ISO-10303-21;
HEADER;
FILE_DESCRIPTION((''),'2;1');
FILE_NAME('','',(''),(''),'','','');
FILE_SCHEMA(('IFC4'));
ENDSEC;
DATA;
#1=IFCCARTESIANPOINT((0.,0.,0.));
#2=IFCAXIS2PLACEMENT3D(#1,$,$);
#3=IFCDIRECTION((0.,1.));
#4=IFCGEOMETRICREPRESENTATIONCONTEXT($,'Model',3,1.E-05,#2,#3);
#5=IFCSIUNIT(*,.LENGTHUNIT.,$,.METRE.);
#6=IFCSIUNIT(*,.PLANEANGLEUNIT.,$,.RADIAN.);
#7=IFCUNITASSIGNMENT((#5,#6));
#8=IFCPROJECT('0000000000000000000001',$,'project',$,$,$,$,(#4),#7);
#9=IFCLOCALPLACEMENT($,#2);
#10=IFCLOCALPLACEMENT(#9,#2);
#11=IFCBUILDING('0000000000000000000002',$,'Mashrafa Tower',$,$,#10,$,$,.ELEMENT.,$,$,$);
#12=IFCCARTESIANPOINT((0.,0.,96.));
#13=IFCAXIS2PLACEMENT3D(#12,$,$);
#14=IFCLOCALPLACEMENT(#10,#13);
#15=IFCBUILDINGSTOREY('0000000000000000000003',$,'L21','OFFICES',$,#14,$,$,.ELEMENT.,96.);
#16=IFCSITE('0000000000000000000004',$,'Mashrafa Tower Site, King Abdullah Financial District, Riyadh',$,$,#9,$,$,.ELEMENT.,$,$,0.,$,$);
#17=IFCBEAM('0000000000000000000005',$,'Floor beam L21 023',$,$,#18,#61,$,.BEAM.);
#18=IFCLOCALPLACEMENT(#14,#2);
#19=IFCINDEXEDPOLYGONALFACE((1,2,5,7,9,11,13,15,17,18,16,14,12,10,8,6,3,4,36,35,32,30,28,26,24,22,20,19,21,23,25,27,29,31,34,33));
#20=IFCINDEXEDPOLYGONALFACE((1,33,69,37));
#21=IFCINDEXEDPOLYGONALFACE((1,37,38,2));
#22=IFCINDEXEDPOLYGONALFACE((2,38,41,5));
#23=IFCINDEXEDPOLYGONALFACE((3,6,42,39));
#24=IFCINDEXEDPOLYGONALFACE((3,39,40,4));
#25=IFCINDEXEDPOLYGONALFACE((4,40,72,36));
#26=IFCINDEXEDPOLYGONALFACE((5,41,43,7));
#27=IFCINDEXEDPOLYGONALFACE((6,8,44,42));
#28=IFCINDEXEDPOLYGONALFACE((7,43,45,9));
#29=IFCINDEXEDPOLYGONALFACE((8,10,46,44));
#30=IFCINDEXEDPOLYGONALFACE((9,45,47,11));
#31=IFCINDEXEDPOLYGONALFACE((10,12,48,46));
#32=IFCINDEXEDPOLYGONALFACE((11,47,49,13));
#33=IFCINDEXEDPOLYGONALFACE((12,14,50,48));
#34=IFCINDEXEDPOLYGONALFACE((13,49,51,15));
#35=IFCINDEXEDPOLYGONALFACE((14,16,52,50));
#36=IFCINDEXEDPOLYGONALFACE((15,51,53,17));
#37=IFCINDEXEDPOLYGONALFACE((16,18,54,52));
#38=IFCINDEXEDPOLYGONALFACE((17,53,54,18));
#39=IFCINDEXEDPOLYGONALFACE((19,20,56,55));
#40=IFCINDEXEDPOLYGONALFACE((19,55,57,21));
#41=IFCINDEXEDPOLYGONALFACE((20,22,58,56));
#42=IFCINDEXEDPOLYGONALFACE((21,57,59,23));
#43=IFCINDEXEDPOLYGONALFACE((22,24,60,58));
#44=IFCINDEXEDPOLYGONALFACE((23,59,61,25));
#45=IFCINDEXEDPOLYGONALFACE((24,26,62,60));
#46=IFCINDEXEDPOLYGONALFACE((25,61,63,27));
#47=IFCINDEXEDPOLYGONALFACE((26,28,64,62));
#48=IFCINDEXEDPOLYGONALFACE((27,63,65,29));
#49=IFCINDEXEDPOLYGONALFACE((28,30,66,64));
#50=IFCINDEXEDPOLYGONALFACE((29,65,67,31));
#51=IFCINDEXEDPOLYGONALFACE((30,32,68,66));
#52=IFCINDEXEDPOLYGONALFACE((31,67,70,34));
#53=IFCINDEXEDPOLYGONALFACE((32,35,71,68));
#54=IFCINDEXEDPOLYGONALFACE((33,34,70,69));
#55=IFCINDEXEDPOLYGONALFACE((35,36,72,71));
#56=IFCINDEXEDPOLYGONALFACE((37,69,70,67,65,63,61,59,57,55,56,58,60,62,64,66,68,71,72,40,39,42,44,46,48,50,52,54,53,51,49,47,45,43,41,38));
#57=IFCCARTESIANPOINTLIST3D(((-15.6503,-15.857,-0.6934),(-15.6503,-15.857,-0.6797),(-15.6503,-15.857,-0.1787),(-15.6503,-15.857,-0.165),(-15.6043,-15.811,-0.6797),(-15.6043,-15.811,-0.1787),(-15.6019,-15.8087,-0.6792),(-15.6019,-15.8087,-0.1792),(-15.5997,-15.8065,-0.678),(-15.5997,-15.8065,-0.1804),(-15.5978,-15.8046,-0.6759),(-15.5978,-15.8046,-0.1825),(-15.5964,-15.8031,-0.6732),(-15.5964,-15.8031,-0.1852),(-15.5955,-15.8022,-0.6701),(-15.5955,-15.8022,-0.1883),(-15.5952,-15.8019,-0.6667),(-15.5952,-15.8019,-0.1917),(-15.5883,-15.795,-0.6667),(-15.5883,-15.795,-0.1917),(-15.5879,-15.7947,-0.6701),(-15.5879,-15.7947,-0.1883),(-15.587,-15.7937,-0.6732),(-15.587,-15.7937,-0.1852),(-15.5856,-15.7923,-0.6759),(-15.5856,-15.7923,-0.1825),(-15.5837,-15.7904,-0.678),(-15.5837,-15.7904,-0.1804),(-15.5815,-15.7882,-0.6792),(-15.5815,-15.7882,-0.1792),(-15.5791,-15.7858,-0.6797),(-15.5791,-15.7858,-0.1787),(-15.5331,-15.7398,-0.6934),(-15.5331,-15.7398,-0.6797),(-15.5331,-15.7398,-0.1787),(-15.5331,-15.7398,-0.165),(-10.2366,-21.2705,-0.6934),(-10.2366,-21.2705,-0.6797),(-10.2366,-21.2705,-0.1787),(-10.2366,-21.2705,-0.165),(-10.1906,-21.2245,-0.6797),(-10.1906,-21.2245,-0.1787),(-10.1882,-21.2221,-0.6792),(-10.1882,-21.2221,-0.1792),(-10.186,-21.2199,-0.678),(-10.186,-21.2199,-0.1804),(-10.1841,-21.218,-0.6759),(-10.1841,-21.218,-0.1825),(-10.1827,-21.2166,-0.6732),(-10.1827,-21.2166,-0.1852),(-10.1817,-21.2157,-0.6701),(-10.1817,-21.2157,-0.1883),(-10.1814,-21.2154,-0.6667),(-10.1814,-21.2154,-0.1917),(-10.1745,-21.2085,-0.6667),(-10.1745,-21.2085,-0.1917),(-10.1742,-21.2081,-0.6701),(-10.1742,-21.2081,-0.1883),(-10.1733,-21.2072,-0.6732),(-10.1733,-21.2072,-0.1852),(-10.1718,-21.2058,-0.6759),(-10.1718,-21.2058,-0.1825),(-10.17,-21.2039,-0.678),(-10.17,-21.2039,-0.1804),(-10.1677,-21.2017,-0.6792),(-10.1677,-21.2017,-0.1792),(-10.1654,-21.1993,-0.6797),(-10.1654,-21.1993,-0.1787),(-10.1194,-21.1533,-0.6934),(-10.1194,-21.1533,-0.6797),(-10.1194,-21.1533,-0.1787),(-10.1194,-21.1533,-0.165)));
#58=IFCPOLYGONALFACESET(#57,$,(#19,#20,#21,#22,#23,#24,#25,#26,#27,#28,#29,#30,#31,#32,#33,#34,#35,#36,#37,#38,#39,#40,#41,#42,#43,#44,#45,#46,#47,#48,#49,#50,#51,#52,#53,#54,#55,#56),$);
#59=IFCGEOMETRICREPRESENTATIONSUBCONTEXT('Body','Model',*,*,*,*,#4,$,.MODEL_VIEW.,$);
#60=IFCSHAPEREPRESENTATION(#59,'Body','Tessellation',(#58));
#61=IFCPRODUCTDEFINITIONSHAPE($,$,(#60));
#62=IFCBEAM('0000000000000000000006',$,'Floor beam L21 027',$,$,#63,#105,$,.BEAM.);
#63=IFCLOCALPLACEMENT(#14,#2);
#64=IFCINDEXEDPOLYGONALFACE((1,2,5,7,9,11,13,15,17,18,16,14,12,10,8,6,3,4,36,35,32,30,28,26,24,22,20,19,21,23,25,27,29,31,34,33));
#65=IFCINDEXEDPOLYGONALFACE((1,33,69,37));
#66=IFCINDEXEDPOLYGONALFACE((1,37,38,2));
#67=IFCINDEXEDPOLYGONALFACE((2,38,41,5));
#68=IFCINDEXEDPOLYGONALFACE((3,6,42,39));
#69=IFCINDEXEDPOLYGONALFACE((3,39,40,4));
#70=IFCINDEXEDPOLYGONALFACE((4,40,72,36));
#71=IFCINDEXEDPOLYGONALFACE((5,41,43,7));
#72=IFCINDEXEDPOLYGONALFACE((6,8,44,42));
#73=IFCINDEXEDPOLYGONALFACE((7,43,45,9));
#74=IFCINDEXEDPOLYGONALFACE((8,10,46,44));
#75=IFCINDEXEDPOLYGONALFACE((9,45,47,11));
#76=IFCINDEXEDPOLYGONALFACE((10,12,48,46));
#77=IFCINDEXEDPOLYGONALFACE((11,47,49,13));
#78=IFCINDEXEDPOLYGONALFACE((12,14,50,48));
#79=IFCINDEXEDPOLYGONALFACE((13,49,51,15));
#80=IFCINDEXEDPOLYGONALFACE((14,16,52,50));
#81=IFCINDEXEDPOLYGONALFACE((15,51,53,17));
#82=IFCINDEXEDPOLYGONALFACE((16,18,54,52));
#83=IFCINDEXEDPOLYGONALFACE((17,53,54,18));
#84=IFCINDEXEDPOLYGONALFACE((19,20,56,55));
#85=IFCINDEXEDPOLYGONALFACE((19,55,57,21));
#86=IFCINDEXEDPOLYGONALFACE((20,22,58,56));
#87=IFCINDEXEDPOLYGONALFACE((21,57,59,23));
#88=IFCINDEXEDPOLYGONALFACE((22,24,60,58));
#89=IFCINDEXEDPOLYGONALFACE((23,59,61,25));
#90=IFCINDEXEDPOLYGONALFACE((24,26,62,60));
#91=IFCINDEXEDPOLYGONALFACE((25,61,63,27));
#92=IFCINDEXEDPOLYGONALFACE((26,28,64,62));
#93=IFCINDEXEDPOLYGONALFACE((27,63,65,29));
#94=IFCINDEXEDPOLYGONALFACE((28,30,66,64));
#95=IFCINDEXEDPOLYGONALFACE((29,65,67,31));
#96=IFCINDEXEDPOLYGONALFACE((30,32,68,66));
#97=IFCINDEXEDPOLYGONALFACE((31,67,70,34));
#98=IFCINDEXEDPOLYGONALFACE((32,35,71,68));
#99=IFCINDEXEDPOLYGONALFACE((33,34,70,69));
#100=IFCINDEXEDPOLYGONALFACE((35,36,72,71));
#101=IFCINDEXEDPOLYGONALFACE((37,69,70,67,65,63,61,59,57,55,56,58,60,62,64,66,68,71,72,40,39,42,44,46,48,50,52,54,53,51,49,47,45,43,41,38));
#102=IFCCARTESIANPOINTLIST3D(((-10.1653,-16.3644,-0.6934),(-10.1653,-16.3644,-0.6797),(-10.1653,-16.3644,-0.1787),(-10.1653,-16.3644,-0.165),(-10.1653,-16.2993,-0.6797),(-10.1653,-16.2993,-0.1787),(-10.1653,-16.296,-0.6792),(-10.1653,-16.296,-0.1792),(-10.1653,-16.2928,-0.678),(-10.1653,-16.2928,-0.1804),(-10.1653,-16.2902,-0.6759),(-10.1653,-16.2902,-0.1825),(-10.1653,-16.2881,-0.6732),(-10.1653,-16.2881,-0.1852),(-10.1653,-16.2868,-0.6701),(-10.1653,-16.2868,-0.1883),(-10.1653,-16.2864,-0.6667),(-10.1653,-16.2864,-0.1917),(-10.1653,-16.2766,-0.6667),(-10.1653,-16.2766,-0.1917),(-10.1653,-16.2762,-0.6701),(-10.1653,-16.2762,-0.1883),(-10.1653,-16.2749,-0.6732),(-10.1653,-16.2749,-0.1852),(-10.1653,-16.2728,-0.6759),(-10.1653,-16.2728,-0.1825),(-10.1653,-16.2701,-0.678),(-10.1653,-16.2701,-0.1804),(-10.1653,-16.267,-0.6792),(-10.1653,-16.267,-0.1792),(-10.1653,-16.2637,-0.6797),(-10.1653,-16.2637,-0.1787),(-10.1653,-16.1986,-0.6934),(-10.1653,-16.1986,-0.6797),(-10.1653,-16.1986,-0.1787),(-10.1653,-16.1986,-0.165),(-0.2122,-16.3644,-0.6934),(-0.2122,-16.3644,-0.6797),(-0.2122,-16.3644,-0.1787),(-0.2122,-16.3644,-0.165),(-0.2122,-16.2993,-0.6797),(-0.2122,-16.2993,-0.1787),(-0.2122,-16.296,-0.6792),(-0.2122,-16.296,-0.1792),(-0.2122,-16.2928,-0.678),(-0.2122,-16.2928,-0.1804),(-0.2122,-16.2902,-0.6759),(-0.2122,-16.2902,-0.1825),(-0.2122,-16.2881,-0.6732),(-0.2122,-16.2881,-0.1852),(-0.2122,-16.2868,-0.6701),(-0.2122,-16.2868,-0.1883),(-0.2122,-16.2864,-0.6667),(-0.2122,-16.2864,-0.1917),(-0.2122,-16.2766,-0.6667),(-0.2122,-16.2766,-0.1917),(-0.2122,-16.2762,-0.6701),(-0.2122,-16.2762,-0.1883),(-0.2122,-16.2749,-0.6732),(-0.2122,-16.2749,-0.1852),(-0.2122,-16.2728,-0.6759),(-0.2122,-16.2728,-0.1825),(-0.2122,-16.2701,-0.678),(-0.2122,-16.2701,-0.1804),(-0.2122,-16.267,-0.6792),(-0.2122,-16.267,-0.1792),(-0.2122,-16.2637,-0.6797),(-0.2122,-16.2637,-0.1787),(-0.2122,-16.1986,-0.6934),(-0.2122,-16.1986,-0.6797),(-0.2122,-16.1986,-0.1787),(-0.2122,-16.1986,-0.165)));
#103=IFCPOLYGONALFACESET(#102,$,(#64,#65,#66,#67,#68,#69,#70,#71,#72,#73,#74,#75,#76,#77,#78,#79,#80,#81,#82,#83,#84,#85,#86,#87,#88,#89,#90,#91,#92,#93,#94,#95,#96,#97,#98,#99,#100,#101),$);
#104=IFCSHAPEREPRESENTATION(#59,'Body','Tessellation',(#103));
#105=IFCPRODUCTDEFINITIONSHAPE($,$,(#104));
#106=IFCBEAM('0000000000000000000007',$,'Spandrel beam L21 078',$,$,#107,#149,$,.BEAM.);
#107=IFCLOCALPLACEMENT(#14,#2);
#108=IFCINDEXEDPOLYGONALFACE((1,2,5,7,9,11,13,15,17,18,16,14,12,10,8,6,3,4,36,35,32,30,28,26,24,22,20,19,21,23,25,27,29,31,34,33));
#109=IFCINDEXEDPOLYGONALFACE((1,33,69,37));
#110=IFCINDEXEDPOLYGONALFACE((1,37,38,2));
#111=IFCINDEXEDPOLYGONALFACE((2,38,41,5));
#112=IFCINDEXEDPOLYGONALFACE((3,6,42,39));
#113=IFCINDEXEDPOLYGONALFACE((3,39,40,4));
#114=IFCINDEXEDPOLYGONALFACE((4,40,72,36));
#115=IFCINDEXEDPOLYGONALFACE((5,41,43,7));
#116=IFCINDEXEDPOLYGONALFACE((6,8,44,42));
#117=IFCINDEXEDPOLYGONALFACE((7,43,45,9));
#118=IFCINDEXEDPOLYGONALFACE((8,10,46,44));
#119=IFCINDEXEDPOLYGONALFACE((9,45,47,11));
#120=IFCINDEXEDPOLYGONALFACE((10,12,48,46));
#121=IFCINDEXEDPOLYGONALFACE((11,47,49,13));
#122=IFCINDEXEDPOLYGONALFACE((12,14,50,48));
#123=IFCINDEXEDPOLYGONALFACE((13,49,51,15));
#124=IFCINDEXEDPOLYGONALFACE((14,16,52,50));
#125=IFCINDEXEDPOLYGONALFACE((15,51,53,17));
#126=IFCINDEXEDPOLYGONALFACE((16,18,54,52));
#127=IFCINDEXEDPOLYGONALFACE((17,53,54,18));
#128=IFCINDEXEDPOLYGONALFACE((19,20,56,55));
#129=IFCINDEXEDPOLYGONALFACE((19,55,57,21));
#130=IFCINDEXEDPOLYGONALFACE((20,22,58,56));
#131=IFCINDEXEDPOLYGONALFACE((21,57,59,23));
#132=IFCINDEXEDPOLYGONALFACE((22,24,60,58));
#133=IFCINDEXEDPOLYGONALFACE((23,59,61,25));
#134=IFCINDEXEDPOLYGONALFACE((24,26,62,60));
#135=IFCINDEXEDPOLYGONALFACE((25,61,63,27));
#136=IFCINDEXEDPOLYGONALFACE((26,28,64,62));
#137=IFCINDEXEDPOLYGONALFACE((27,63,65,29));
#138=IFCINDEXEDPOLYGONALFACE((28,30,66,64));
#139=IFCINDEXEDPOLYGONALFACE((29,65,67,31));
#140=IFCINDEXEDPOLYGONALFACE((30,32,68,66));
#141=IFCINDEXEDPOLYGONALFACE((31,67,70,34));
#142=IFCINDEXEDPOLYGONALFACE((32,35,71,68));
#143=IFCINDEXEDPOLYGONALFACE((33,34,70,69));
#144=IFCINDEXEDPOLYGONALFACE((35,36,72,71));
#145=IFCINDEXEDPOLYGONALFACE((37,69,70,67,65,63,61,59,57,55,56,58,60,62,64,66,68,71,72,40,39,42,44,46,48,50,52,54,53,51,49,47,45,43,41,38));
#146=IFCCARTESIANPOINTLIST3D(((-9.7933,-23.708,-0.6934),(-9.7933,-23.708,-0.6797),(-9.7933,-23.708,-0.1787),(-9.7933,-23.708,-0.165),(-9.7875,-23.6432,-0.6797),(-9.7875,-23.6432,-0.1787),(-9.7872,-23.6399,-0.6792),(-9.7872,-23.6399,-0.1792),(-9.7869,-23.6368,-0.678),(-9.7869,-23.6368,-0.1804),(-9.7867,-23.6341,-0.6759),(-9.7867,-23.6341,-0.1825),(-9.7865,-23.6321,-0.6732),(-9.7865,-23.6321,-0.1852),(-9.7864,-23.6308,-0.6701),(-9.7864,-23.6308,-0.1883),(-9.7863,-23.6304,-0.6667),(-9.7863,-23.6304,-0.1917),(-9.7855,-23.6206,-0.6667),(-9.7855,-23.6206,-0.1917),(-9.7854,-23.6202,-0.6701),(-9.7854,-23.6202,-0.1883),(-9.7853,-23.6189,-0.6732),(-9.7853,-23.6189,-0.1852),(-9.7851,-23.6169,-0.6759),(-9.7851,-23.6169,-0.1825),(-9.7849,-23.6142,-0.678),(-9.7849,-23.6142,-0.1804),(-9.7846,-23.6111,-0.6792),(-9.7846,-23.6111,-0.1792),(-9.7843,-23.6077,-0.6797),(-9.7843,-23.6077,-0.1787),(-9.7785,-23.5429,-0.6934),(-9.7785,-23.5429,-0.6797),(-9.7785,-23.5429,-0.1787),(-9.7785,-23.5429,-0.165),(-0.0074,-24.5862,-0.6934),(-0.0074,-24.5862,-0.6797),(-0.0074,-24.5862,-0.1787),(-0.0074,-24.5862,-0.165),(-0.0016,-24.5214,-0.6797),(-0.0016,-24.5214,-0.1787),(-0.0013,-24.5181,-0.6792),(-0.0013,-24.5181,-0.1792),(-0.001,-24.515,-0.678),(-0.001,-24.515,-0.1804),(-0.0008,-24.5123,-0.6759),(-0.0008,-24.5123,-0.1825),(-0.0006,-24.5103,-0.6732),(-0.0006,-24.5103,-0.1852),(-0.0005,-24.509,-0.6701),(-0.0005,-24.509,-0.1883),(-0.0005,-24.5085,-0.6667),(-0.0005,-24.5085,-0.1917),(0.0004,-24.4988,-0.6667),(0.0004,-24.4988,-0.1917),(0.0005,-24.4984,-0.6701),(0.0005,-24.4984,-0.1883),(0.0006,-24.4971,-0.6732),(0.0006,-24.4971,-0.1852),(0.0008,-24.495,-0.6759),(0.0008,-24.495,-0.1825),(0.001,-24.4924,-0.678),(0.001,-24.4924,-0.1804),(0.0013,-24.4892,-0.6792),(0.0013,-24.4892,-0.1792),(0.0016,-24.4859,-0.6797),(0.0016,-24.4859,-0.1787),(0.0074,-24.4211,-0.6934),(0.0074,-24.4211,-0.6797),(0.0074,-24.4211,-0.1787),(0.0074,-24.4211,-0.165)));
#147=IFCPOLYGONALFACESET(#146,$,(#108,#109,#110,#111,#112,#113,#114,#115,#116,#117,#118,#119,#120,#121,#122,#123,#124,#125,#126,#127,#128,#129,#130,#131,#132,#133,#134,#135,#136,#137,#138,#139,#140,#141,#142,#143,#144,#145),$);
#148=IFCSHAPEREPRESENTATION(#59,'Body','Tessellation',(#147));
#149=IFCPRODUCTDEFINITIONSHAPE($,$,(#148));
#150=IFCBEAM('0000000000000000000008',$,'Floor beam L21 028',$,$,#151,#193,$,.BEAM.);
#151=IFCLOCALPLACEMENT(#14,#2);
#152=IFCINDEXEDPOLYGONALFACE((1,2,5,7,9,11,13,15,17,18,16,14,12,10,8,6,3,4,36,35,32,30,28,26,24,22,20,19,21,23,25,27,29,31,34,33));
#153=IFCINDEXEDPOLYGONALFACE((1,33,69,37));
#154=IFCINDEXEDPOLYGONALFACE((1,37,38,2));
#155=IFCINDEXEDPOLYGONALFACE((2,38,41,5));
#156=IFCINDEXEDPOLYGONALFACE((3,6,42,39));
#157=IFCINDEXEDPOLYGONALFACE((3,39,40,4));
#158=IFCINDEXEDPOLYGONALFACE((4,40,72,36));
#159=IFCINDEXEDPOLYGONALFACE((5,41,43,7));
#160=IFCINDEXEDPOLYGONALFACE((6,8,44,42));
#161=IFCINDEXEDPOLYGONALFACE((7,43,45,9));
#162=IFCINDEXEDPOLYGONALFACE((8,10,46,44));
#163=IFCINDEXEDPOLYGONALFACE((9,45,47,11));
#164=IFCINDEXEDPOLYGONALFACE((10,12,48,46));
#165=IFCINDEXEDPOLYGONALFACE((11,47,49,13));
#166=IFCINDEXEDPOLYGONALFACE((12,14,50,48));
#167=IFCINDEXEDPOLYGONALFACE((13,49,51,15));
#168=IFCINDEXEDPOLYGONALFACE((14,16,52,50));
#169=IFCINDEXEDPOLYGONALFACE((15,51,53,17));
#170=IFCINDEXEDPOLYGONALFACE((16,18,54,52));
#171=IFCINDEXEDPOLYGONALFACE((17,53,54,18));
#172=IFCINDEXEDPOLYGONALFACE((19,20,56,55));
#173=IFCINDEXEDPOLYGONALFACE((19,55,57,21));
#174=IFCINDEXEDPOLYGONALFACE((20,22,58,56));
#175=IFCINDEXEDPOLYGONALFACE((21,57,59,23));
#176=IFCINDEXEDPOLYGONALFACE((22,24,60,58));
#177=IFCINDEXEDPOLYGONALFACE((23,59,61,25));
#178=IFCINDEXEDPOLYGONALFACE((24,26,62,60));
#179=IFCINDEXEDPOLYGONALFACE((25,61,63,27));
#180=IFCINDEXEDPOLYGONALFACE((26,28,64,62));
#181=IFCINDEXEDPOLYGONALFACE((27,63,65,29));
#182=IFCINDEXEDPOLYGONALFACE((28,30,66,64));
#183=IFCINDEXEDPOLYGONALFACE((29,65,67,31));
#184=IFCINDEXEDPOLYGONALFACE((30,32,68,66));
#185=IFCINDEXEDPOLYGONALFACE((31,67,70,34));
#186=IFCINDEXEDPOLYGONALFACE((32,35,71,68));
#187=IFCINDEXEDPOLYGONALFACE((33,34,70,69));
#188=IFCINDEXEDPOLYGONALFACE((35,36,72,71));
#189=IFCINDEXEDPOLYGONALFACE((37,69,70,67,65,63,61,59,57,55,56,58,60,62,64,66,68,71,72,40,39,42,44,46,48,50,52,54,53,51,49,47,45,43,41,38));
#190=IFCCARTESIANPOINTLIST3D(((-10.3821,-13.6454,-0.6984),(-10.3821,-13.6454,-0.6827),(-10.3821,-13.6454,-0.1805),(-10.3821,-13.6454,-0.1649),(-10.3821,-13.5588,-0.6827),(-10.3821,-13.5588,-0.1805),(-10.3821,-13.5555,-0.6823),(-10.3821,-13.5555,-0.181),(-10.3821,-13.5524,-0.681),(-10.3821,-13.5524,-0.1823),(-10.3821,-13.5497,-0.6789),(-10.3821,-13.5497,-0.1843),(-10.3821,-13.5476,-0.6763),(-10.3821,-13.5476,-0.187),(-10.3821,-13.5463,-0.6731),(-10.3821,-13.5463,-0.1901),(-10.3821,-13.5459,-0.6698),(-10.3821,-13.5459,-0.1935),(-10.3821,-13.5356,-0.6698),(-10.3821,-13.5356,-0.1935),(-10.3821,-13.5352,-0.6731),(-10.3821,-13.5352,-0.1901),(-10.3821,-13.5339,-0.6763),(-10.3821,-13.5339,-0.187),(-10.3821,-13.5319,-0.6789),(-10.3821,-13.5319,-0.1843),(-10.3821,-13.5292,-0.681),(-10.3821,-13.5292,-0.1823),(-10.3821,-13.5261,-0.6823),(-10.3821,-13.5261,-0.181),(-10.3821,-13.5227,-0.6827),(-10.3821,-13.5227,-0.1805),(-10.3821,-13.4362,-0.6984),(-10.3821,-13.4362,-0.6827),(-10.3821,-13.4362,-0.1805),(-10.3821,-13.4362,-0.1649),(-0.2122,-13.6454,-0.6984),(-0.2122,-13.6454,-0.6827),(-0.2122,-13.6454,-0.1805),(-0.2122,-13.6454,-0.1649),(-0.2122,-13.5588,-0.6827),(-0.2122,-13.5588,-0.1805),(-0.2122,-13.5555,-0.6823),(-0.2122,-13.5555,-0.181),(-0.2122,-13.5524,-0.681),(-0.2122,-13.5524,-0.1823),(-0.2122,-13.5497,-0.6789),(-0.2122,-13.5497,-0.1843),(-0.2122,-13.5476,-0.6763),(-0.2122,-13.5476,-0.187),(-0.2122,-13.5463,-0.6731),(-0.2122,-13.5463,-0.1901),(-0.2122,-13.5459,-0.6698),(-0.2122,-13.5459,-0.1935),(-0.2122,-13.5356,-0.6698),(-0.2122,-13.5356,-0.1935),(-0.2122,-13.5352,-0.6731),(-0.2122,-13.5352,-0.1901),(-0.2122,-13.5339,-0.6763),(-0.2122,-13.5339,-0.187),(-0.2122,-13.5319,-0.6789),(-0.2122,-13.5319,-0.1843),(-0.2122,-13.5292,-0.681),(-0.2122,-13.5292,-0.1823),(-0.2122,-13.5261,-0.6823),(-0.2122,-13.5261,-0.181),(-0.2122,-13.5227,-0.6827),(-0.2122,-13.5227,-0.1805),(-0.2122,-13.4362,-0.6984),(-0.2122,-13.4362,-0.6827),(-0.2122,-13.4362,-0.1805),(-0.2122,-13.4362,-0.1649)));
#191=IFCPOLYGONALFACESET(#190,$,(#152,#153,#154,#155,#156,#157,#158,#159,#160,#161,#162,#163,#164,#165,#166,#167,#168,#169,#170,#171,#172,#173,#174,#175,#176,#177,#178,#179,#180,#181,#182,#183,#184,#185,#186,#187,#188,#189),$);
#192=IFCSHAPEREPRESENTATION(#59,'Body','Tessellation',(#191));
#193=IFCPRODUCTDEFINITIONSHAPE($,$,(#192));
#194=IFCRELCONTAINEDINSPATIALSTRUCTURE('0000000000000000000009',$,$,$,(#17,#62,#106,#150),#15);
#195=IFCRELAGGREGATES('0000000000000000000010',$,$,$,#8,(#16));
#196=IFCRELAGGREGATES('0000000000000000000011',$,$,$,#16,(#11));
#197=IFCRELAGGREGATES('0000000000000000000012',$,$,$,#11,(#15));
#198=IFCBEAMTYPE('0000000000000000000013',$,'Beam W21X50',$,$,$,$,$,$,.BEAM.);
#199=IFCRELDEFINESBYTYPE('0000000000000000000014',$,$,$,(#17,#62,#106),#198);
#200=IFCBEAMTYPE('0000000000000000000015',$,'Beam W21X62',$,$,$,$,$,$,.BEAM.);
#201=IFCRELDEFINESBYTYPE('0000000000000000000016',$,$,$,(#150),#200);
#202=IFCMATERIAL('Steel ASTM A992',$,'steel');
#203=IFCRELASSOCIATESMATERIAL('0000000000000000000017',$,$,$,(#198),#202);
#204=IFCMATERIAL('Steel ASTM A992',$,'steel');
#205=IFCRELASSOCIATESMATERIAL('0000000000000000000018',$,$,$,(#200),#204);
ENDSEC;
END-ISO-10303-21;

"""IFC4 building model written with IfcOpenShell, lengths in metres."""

from ifc_helpers import new_model, si_unit, direction, frame, origin, origin_2d, place, context, subcontext, project, spatial, i_section, extrude, material, material_profile, profile_set, type_object, element, save


model = new_model("IFC4")

# Units and contexts
model_context = context("Model", 3, precision=1e-05, world=origin(), true_north=direction((0.0, 1.0)))
body_context = subcontext(model_context, "Body", "Model", "MODEL_VIEW")
ifc_project = project(units=[si_unit("LENGTHUNIT", "METRE"), si_unit("PLANEANGLEUNIT", "RADIAN")], contexts=[model_context])

# Site, building, storey
site_placement = place(None, origin())
site = spatial("IfcSite", under=ifc_project, at=site_placement, Name="Mashrafa Tower Site, King Abdullah Financial District, Riyadh", CompositionType="ELEMENT", RefElevation=0.0)
building_placement = place(site_placement, origin())
building = spatial("IfcBuilding", under=site, at=building_placement, Name="Mashrafa Tower", CompositionType="ELEMENT")
storey_placement = place(building_placement, frame((0.0, 0.0, 96.0)))
storey = spatial("IfcBuildingStorey", under=building, at=storey_placement, Name="L21", Description="OFFICES", CompositionType="ELEMENT", Elevation=96.0)

# Beams
ifc_material_1 = material(Name="Steel ASTM A992", Category="steel")
ifc_material_profile_1 = material_profile(ifc_material_1, i_section(OverallWidth=0.1658, OverallDepth=0.5283, WebThickness=0.0098, FlangeThickness=0.0137, FilletRadius=0.0129, at=origin_2d()), Name="W21X50")
ifc_profile_set_1 = profile_set([ifc_material_profile_1], Name="Steel ASTM A992")
beam_type_1 = type_object("IfcBeamType", Name="Beam W21X50", PredefinedType="BEAM", material=ifc_profile_set_1)
beam_1_placement = place(storey_placement, frame((-10.178, -21.2119, -0.4292), z_axis=(-0.707123, 0.707091, 0.0), x_axis=(-0.707091, -0.707123, 0.0)))
element("IfcBeam", 1, at=beam_1_placement, inside=storey, type_object=beam_type_1, Name="Floor beam L21 023", PredefinedType="BEAM", context=body_context, shape_type="SweptSolid", body=[
    extrude(i_section(OverallWidth=0.1658, OverallDepth=0.5283, WebThickness=0.0098, FlangeThickness=0.0137, FilletRadius=0.0129, at=origin_2d()), origin(), (0.0, 0.0, 1.0), 7.656),
])
beam_2_placement = place(storey_placement, frame((-0.2122, -16.2815, -0.4292), z_axis=(-1.0, 0.0, 0.0), x_axis=(0.0, -1.0, 0.0)))
element("IfcBeam", 2, at=beam_2_placement, inside=storey, type_object=beam_type_1, Name="Floor beam L21 027", PredefinedType="BEAM", context=body_context, shape_type="SweptSolid", body=[
    extrude(i_section(OverallWidth=0.1658, OverallDepth=0.5283, WebThickness=0.0098, FlangeThickness=0.0137, FilletRadius=0.0129, at=origin_2d()), origin(), (0.0, 0.0, 1.0), 9.9531),
])
beam_3_placement = place(storey_placement, frame((-9.7859, -23.6255, -0.4292), z_axis=(0.995998, -0.08938, 0.0), x_axis=(0.08938, 0.995998, 0.0)))
element("IfcBeam", 3, at=beam_3_placement, inside=storey, type_object=beam_type_1, Name="Spandrel beam L21 078", PredefinedType="BEAM", context=body_context, shape_type="SweptSolid", body=[
    extrude(i_section(OverallWidth=0.1658, OverallDepth=0.5283, WebThickness=0.0098, FlangeThickness=0.0137, FilletRadius=0.0129, at=origin_2d()), origin(), (0.0, 0.0, 1.0), 9.8252),
])
ifc_material_2 = material(Name="Steel ASTM A992", Category="steel")
ifc_material_profile_2 = material_profile(ifc_material_2, i_section(OverallWidth=0.2092, OverallDepth=0.5334, WebThickness=0.0103, FlangeThickness=0.0156, FilletRadius=0.0129, at=origin_2d()), Name="W21X62")
ifc_profile_set_2 = profile_set([ifc_material_profile_2], Name="Steel ASTM A992")
beam_type_2 = type_object("IfcBeamType", Name="Beam W21X62", PredefinedType="BEAM", material=ifc_profile_set_2)
beam_4_placement = place(storey_placement, frame((-0.2122, -13.5408, -0.4316), z_axis=(-1.0, 0.0, 0.0), x_axis=(0.0, -1.0, 0.0)))
element("IfcBeam", 4, at=beam_4_placement, inside=storey, type_object=beam_type_2, Name="Floor beam L21 028", PredefinedType="BEAM", context=body_context, shape_type="SweptSolid", body=[
    extrude(i_section(OverallWidth=0.2092, OverallDepth=0.5334, WebThickness=0.0103, FlangeThickness=0.0156, FilletRadius=0.0129, at=origin_2d()), origin(), (0.0, 0.0, 1.0), 10.1699),
])

save(model, "model.ifc")
